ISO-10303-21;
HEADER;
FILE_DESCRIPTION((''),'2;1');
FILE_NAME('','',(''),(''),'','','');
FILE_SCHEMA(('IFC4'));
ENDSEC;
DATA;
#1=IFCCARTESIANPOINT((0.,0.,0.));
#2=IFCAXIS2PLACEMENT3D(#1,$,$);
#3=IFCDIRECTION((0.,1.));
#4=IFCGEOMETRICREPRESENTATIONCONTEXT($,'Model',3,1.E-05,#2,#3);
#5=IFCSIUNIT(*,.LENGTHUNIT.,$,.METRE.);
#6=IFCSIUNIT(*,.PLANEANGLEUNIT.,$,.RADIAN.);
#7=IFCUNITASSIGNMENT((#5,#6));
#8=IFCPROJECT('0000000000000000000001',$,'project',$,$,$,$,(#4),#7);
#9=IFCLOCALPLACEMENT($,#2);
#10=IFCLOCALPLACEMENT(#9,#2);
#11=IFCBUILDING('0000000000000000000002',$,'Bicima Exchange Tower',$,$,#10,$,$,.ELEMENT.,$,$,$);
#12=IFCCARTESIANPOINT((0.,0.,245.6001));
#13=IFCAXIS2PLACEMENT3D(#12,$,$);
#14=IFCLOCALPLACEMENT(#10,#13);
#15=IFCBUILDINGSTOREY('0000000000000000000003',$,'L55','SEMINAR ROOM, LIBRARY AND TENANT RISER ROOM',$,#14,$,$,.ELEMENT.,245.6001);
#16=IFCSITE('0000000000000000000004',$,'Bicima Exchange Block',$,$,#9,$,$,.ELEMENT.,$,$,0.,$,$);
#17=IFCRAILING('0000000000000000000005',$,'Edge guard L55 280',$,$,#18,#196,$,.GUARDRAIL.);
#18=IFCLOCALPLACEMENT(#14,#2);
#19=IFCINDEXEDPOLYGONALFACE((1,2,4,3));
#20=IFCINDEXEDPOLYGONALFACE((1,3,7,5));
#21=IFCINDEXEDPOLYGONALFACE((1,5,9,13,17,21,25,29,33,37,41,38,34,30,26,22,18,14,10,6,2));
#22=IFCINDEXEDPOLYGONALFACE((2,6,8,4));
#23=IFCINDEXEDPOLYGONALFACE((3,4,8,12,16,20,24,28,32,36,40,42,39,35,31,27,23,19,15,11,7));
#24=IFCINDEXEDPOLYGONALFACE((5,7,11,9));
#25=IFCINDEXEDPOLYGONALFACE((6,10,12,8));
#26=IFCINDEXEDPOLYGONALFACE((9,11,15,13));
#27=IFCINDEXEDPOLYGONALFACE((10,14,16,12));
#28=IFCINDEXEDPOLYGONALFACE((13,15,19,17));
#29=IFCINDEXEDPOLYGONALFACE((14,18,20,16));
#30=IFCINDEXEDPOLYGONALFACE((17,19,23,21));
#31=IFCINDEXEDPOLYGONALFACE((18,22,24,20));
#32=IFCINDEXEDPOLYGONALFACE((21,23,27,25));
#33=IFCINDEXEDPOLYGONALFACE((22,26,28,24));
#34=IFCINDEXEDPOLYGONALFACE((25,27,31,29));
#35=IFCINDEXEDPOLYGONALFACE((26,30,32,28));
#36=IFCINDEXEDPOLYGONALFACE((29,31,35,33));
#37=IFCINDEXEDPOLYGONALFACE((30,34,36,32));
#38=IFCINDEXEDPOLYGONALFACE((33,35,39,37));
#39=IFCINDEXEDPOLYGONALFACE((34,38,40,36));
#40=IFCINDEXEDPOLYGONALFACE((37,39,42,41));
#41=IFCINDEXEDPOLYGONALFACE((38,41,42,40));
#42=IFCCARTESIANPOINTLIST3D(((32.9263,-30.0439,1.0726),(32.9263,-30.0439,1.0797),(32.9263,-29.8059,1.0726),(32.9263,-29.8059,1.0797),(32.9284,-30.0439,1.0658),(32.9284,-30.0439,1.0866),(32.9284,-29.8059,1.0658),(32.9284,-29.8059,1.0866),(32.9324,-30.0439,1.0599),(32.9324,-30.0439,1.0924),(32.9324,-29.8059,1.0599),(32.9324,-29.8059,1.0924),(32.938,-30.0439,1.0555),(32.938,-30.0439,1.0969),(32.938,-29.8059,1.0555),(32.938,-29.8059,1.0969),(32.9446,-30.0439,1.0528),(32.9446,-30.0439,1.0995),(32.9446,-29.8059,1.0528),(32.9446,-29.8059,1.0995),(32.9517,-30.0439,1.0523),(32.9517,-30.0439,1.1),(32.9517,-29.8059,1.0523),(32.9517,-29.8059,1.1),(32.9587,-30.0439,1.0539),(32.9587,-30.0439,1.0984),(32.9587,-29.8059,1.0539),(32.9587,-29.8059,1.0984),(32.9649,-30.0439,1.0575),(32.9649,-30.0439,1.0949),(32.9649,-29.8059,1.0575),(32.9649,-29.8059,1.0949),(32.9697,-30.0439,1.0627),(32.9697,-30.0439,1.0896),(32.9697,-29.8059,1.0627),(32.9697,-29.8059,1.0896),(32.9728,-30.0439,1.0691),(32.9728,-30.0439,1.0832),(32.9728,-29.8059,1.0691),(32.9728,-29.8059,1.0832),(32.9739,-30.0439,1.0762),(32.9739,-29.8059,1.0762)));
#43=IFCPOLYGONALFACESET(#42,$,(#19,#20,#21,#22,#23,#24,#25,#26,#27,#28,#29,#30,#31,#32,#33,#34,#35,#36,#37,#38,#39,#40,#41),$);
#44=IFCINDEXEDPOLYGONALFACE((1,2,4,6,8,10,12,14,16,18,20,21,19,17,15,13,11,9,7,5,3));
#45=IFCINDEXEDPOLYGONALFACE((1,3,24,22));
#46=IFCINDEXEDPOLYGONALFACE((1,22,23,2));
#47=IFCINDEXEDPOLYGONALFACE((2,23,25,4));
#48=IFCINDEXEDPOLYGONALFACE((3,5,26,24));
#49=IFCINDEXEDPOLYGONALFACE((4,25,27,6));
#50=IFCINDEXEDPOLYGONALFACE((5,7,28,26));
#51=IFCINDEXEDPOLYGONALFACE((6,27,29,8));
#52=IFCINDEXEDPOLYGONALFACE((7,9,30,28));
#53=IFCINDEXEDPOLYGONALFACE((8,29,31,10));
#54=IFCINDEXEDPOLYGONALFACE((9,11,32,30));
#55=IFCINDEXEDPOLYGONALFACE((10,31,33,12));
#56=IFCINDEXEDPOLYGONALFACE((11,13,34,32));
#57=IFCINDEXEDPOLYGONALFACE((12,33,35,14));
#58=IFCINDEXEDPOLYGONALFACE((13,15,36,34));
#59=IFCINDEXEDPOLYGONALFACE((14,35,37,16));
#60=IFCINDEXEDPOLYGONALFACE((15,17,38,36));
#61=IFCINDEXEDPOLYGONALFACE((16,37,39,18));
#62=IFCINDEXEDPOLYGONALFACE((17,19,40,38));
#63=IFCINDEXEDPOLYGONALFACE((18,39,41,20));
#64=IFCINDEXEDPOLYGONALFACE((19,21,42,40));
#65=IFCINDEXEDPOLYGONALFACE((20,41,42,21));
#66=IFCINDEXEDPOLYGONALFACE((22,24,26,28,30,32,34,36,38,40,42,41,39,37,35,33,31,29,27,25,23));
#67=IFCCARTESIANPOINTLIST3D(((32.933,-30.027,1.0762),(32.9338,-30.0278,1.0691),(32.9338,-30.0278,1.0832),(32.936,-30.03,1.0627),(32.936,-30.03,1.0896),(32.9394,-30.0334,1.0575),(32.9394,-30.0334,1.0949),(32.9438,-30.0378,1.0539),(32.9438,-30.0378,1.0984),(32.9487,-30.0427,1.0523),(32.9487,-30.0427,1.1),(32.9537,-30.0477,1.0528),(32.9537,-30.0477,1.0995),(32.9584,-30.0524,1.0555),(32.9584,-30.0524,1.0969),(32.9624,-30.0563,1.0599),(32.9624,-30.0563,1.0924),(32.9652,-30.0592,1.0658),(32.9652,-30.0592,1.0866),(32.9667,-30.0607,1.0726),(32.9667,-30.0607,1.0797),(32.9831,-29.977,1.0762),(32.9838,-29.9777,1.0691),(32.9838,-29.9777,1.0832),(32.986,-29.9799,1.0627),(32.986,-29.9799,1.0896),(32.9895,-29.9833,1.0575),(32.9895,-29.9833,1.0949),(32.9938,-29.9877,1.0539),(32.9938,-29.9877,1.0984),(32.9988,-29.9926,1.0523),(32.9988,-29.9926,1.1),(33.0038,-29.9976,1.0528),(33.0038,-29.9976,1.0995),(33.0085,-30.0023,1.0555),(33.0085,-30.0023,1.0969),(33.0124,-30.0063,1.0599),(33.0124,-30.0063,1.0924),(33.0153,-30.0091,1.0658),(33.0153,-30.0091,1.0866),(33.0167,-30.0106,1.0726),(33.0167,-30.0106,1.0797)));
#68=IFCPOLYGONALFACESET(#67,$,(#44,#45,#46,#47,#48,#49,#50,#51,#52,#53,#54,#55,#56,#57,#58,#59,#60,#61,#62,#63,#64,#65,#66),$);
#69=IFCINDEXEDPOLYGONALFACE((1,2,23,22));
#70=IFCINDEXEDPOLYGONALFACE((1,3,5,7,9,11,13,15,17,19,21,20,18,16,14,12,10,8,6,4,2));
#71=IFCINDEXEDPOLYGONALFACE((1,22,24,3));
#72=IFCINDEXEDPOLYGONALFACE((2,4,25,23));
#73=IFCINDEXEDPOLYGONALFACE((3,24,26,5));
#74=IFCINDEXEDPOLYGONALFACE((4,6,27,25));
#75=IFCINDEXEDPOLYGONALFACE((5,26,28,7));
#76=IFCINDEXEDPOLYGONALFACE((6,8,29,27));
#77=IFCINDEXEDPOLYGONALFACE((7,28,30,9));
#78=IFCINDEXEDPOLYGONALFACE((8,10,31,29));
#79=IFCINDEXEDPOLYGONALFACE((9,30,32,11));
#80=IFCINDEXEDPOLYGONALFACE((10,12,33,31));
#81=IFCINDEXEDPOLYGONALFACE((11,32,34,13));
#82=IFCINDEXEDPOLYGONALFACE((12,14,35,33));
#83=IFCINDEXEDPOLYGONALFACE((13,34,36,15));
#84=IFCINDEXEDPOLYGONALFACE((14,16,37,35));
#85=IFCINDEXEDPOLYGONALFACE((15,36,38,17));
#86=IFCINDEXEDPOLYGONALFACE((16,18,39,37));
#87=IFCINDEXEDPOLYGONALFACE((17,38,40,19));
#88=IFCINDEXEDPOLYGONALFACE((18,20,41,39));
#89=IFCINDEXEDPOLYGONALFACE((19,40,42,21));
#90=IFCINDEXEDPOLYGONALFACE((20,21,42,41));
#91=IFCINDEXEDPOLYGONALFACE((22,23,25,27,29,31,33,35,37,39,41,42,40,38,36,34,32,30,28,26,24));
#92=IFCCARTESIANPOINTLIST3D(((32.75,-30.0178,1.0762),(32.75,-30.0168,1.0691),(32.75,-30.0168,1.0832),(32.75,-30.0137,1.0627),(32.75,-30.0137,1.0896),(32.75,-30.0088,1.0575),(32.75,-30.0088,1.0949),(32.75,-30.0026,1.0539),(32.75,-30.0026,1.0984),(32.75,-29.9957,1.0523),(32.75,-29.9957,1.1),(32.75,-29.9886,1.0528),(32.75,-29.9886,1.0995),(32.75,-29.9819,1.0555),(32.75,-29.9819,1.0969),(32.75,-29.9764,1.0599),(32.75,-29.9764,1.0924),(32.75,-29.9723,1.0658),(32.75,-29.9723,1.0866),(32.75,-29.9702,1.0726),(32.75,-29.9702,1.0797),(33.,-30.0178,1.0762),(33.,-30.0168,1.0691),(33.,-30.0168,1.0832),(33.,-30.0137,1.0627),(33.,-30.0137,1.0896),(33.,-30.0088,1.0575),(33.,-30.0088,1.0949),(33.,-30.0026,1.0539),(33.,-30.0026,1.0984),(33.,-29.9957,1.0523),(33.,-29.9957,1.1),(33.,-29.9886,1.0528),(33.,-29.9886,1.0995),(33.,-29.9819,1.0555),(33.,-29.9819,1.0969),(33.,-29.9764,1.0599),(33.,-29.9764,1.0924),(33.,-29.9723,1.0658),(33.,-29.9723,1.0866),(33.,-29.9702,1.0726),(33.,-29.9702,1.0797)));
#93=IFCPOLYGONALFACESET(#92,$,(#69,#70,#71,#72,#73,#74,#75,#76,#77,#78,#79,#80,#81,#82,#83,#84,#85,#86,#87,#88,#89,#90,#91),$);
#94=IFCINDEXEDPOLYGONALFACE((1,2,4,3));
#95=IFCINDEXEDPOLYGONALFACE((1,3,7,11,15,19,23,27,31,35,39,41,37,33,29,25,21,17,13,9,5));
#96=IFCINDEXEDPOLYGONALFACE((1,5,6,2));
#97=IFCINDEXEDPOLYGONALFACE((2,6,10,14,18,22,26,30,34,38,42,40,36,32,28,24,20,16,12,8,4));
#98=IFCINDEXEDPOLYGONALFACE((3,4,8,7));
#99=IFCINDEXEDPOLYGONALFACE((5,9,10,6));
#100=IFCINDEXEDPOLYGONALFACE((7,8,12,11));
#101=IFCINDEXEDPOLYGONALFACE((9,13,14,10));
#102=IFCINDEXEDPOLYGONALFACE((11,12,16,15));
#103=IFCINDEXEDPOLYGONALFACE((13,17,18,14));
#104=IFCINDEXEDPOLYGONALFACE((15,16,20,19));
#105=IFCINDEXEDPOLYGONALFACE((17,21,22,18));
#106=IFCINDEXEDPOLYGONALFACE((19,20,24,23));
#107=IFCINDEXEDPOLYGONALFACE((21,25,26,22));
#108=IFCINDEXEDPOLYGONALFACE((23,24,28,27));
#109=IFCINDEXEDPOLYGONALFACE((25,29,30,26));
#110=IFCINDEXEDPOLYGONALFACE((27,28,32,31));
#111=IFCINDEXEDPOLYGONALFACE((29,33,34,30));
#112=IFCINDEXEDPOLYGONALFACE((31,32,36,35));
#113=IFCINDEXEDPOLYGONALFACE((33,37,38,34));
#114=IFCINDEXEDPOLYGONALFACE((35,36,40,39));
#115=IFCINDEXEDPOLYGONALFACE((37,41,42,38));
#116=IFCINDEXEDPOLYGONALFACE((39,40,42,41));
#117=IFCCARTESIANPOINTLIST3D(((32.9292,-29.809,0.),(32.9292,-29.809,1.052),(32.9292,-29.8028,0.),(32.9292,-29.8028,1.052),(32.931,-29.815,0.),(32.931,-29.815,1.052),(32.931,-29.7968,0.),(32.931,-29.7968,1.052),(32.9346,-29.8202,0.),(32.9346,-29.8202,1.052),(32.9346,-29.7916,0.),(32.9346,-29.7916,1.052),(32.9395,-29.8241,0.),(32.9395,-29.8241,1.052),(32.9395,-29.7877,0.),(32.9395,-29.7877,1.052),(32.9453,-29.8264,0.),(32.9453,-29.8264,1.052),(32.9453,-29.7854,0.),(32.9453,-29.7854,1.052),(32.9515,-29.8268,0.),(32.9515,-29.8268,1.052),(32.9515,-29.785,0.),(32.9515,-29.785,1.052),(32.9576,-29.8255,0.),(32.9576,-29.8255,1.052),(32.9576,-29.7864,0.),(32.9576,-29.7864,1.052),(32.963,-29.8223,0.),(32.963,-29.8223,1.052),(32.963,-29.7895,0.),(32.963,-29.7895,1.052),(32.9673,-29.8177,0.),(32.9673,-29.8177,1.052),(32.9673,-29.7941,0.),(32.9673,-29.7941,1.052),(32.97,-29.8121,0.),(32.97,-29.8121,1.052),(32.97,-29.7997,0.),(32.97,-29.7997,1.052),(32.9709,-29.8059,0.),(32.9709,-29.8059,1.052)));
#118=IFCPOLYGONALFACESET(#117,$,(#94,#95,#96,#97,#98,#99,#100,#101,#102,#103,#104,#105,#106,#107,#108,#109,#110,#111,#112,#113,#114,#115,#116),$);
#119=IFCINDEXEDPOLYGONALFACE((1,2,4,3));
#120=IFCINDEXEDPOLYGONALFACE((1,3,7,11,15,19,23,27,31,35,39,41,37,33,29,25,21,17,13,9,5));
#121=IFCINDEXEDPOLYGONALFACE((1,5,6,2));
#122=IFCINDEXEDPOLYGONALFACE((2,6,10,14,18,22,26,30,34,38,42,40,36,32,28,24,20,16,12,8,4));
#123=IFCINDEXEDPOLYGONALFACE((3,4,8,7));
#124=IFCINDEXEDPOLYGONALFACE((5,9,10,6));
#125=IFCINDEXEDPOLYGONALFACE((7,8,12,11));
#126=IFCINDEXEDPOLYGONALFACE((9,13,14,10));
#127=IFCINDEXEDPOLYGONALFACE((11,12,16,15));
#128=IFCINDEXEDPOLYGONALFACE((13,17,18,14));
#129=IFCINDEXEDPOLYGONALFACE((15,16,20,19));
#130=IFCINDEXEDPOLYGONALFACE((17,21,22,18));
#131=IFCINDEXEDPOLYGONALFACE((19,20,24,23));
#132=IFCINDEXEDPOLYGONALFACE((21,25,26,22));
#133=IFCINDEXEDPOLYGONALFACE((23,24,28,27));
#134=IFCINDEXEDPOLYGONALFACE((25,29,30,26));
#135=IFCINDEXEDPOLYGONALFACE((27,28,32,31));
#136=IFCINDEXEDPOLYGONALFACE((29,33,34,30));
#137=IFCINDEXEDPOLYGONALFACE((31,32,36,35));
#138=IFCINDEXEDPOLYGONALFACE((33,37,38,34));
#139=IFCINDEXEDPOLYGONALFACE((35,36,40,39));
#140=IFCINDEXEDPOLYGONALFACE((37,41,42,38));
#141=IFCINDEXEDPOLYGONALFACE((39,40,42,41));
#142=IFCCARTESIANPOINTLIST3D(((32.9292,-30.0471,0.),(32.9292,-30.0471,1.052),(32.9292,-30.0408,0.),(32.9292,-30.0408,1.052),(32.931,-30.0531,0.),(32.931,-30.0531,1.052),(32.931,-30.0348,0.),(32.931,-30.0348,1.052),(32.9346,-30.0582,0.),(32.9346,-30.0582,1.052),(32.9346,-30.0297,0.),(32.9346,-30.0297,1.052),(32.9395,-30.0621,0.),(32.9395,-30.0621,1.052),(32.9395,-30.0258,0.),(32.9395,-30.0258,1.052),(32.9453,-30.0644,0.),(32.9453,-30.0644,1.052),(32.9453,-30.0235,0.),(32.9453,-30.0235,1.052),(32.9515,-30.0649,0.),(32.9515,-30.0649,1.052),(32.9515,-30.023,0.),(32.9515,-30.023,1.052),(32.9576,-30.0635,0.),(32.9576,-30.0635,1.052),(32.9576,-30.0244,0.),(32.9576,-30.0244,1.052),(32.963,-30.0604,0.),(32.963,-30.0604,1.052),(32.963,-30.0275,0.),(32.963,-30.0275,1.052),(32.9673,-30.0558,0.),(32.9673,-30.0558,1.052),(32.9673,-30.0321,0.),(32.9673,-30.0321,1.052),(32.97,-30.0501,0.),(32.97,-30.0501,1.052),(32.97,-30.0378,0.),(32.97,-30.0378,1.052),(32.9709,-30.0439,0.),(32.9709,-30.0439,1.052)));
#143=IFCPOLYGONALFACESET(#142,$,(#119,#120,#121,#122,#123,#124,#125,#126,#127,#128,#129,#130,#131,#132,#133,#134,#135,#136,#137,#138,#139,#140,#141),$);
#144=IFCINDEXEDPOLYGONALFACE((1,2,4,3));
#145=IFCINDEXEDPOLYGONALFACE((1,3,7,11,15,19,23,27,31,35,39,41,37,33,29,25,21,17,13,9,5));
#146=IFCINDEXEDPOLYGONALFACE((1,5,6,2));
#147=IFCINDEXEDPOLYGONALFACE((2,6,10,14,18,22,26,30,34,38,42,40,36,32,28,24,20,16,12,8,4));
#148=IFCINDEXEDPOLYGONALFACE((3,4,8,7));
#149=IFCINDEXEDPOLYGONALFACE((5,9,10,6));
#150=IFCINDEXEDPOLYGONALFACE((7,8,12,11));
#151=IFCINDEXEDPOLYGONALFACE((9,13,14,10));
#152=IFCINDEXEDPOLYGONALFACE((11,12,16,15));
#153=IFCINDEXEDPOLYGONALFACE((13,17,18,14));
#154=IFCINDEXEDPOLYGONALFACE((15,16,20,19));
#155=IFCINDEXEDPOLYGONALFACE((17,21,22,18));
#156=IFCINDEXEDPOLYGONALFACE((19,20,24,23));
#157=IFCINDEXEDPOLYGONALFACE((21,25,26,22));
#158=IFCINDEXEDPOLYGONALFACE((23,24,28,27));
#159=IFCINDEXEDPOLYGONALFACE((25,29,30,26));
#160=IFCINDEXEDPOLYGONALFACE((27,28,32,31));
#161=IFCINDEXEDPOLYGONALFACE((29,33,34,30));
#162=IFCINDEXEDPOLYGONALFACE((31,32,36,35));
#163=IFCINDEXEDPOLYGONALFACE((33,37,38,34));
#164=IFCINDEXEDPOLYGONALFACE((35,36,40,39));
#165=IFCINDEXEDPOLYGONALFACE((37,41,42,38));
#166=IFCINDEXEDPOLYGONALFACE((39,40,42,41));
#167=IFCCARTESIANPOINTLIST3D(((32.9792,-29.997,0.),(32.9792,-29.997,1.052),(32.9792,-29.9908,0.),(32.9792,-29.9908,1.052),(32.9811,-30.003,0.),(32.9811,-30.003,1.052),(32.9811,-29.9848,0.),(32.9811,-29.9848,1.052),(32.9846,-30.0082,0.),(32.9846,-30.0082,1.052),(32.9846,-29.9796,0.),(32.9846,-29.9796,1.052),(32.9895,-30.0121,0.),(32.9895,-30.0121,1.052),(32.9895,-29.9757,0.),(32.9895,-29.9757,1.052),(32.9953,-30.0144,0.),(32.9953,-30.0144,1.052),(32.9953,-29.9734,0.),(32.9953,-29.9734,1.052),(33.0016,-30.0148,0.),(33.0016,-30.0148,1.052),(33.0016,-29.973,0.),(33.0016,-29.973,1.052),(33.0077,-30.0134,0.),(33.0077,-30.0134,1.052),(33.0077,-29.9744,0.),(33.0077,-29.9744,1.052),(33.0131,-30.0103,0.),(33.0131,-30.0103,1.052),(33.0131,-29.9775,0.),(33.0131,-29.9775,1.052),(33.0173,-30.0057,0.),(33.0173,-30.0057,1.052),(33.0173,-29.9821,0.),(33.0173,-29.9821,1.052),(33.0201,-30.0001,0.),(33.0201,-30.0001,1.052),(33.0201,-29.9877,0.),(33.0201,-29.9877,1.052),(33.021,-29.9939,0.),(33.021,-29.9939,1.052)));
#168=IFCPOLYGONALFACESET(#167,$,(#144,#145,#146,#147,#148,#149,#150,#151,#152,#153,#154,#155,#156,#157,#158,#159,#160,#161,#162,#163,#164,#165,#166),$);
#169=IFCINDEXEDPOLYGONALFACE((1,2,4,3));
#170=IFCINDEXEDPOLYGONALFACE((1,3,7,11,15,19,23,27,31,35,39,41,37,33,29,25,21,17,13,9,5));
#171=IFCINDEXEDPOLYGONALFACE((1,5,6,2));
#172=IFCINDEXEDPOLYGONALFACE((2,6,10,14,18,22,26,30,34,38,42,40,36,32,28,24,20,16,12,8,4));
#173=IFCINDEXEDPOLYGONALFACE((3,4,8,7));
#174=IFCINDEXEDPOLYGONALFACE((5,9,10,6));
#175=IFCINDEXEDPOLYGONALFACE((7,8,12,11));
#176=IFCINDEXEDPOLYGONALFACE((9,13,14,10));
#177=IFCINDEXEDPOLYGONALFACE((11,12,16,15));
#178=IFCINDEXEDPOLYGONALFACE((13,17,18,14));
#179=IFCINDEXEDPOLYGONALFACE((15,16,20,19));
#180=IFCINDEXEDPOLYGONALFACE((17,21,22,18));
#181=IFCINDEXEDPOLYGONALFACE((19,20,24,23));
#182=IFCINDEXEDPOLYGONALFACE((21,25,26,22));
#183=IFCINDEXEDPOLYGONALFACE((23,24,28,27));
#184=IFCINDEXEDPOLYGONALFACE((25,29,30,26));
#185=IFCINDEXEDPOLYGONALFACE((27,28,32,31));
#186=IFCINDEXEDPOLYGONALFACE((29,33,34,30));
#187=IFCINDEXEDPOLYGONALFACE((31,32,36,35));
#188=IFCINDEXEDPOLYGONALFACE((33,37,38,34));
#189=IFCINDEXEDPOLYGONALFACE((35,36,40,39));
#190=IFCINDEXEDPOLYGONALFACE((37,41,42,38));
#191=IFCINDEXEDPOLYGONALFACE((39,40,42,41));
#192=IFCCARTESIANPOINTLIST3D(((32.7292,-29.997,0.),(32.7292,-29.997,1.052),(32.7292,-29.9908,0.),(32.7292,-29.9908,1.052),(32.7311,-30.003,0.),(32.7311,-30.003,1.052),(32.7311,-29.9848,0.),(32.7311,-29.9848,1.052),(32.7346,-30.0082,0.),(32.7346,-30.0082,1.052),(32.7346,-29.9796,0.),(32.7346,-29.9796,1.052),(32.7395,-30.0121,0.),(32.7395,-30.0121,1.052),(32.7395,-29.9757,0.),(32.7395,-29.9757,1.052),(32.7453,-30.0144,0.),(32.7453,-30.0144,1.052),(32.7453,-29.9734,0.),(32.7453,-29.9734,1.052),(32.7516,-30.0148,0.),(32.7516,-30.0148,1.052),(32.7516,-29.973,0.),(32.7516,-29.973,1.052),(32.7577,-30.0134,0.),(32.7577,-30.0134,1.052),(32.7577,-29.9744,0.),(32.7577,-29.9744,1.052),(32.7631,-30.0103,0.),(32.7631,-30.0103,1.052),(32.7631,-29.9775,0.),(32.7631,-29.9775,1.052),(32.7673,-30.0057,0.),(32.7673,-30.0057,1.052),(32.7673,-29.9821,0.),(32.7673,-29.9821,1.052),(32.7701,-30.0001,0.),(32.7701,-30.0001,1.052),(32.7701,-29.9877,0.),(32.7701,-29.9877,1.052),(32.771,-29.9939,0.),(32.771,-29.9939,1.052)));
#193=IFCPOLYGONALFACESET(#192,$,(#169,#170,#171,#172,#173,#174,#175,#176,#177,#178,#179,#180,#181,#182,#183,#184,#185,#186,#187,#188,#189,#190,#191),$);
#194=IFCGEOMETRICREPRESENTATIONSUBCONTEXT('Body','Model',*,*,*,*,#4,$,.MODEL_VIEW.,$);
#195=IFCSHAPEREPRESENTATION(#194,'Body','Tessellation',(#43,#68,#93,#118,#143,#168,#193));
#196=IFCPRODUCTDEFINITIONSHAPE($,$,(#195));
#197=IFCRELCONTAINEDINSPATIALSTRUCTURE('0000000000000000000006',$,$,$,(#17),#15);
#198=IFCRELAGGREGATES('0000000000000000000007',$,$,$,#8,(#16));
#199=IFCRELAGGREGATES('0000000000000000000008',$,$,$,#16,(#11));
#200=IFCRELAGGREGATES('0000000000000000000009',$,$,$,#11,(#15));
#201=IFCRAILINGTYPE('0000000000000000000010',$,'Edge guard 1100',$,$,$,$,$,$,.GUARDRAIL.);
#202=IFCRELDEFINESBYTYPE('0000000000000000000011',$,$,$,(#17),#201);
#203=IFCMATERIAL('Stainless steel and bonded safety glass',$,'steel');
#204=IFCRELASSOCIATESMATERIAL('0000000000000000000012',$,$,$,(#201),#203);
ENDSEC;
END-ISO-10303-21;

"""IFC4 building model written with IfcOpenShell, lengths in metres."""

from ifc_helpers import new_model, si_unit, direction, frame, origin, origin_2d, place, context, subcontext, project, spatial, circle, extrude, material, type_object, element, save


model = new_model("IFC4")

# Units and contexts
model_context = context("Model", 3, precision=1e-05, world=origin(), true_north=direction((0.0, 1.0)))
body_context = subcontext(model_context, "Body", "Model", "MODEL_VIEW")
ifc_project = project(units=[si_unit("LENGTHUNIT", "METRE"), si_unit("PLANEANGLEUNIT", "RADIAN")], contexts=[model_context])

# Site, building, storey
site_placement = place(None, origin())
site = spatial("IfcSite", under=ifc_project, at=site_placement, Name="Bicima Exchange Block", CompositionType="ELEMENT", RefElevation=0.0)
building_placement = place(site_placement, origin())
building = spatial("IfcBuilding", under=site, at=building_placement, Name="Bicima Exchange Tower", CompositionType="ELEMENT")
storey_placement = place(building_placement, frame((0.0, 0.0, 245.6001)))
storey = spatial("IfcBuildingStorey", under=building, at=storey_placement, Name="L55", Description="SEMINAR ROOM, LIBRARY AND TENANT RISER ROOM", CompositionType="ELEMENT", Elevation=245.6001)

# Railing
ifc_material_1 = material(Name="Stainless steel and bonded safety glass", Category="steel")
railing_type = type_object("IfcRailingType", Name="Edge guard 1100", PredefinedType="GUARDRAIL", material=ifc_material_1)
railing_1_placement = place(storey_placement, frame((32.95, -29.8059, 0.0)))
element("IfcRailing", 1, at=railing_1_placement, inside=storey, type_object=railing_type, Name="Edge guard L55 280", PredefinedType="GUARDRAIL", context=body_context, shape_type="SweptSolid", body=[
    extrude(circle(Radius=0.0239, at=origin_2d()), frame((0.0, 0.0, 1.0762), z_axis=(0.0, -1.0, 0.0), x_axis=(1.0, 0.0, 0.0)), (0.0, 0.0, 1.0), 0.238),
    extrude(circle(Radius=0.0239, at=origin_2d()), frame((0.0, -0.238, 1.0762), z_axis=(0.707107, 0.707107, 0.0), x_axis=(-0.707107, 0.707107, 0.0)), (0.0, 0.0, 1.0), 0.0708),
    extrude(circle(Radius=0.0239, at=origin_2d()), frame((0.05, -0.188, 1.0762), z_axis=(-1.0, 0.0, 0.0), x_axis=(0.0, -1.0, 0.0)), (0.0, 0.0, 1.0), 0.25),
    extrude(circle(Radius=0.021, at=origin_2d()), origin(), (0.0, 0.0, 1.0), 1.052),
    extrude(circle(Radius=0.021, at=origin_2d()), frame((0.0, -0.238, 0.0)), (0.0, 0.0, 1.0), 1.052),
    extrude(circle(Radius=0.021, at=origin_2d()), frame((0.05, -0.188, 0.0)), (0.0, 0.0, 1.0), 1.052),
    extrude(circle(Radius=0.021, at=origin_2d()), frame((-0.2, -0.188, 0.0)), (0.0, 0.0, 1.0), 1.052),
])

save(model, "model.ifc")
